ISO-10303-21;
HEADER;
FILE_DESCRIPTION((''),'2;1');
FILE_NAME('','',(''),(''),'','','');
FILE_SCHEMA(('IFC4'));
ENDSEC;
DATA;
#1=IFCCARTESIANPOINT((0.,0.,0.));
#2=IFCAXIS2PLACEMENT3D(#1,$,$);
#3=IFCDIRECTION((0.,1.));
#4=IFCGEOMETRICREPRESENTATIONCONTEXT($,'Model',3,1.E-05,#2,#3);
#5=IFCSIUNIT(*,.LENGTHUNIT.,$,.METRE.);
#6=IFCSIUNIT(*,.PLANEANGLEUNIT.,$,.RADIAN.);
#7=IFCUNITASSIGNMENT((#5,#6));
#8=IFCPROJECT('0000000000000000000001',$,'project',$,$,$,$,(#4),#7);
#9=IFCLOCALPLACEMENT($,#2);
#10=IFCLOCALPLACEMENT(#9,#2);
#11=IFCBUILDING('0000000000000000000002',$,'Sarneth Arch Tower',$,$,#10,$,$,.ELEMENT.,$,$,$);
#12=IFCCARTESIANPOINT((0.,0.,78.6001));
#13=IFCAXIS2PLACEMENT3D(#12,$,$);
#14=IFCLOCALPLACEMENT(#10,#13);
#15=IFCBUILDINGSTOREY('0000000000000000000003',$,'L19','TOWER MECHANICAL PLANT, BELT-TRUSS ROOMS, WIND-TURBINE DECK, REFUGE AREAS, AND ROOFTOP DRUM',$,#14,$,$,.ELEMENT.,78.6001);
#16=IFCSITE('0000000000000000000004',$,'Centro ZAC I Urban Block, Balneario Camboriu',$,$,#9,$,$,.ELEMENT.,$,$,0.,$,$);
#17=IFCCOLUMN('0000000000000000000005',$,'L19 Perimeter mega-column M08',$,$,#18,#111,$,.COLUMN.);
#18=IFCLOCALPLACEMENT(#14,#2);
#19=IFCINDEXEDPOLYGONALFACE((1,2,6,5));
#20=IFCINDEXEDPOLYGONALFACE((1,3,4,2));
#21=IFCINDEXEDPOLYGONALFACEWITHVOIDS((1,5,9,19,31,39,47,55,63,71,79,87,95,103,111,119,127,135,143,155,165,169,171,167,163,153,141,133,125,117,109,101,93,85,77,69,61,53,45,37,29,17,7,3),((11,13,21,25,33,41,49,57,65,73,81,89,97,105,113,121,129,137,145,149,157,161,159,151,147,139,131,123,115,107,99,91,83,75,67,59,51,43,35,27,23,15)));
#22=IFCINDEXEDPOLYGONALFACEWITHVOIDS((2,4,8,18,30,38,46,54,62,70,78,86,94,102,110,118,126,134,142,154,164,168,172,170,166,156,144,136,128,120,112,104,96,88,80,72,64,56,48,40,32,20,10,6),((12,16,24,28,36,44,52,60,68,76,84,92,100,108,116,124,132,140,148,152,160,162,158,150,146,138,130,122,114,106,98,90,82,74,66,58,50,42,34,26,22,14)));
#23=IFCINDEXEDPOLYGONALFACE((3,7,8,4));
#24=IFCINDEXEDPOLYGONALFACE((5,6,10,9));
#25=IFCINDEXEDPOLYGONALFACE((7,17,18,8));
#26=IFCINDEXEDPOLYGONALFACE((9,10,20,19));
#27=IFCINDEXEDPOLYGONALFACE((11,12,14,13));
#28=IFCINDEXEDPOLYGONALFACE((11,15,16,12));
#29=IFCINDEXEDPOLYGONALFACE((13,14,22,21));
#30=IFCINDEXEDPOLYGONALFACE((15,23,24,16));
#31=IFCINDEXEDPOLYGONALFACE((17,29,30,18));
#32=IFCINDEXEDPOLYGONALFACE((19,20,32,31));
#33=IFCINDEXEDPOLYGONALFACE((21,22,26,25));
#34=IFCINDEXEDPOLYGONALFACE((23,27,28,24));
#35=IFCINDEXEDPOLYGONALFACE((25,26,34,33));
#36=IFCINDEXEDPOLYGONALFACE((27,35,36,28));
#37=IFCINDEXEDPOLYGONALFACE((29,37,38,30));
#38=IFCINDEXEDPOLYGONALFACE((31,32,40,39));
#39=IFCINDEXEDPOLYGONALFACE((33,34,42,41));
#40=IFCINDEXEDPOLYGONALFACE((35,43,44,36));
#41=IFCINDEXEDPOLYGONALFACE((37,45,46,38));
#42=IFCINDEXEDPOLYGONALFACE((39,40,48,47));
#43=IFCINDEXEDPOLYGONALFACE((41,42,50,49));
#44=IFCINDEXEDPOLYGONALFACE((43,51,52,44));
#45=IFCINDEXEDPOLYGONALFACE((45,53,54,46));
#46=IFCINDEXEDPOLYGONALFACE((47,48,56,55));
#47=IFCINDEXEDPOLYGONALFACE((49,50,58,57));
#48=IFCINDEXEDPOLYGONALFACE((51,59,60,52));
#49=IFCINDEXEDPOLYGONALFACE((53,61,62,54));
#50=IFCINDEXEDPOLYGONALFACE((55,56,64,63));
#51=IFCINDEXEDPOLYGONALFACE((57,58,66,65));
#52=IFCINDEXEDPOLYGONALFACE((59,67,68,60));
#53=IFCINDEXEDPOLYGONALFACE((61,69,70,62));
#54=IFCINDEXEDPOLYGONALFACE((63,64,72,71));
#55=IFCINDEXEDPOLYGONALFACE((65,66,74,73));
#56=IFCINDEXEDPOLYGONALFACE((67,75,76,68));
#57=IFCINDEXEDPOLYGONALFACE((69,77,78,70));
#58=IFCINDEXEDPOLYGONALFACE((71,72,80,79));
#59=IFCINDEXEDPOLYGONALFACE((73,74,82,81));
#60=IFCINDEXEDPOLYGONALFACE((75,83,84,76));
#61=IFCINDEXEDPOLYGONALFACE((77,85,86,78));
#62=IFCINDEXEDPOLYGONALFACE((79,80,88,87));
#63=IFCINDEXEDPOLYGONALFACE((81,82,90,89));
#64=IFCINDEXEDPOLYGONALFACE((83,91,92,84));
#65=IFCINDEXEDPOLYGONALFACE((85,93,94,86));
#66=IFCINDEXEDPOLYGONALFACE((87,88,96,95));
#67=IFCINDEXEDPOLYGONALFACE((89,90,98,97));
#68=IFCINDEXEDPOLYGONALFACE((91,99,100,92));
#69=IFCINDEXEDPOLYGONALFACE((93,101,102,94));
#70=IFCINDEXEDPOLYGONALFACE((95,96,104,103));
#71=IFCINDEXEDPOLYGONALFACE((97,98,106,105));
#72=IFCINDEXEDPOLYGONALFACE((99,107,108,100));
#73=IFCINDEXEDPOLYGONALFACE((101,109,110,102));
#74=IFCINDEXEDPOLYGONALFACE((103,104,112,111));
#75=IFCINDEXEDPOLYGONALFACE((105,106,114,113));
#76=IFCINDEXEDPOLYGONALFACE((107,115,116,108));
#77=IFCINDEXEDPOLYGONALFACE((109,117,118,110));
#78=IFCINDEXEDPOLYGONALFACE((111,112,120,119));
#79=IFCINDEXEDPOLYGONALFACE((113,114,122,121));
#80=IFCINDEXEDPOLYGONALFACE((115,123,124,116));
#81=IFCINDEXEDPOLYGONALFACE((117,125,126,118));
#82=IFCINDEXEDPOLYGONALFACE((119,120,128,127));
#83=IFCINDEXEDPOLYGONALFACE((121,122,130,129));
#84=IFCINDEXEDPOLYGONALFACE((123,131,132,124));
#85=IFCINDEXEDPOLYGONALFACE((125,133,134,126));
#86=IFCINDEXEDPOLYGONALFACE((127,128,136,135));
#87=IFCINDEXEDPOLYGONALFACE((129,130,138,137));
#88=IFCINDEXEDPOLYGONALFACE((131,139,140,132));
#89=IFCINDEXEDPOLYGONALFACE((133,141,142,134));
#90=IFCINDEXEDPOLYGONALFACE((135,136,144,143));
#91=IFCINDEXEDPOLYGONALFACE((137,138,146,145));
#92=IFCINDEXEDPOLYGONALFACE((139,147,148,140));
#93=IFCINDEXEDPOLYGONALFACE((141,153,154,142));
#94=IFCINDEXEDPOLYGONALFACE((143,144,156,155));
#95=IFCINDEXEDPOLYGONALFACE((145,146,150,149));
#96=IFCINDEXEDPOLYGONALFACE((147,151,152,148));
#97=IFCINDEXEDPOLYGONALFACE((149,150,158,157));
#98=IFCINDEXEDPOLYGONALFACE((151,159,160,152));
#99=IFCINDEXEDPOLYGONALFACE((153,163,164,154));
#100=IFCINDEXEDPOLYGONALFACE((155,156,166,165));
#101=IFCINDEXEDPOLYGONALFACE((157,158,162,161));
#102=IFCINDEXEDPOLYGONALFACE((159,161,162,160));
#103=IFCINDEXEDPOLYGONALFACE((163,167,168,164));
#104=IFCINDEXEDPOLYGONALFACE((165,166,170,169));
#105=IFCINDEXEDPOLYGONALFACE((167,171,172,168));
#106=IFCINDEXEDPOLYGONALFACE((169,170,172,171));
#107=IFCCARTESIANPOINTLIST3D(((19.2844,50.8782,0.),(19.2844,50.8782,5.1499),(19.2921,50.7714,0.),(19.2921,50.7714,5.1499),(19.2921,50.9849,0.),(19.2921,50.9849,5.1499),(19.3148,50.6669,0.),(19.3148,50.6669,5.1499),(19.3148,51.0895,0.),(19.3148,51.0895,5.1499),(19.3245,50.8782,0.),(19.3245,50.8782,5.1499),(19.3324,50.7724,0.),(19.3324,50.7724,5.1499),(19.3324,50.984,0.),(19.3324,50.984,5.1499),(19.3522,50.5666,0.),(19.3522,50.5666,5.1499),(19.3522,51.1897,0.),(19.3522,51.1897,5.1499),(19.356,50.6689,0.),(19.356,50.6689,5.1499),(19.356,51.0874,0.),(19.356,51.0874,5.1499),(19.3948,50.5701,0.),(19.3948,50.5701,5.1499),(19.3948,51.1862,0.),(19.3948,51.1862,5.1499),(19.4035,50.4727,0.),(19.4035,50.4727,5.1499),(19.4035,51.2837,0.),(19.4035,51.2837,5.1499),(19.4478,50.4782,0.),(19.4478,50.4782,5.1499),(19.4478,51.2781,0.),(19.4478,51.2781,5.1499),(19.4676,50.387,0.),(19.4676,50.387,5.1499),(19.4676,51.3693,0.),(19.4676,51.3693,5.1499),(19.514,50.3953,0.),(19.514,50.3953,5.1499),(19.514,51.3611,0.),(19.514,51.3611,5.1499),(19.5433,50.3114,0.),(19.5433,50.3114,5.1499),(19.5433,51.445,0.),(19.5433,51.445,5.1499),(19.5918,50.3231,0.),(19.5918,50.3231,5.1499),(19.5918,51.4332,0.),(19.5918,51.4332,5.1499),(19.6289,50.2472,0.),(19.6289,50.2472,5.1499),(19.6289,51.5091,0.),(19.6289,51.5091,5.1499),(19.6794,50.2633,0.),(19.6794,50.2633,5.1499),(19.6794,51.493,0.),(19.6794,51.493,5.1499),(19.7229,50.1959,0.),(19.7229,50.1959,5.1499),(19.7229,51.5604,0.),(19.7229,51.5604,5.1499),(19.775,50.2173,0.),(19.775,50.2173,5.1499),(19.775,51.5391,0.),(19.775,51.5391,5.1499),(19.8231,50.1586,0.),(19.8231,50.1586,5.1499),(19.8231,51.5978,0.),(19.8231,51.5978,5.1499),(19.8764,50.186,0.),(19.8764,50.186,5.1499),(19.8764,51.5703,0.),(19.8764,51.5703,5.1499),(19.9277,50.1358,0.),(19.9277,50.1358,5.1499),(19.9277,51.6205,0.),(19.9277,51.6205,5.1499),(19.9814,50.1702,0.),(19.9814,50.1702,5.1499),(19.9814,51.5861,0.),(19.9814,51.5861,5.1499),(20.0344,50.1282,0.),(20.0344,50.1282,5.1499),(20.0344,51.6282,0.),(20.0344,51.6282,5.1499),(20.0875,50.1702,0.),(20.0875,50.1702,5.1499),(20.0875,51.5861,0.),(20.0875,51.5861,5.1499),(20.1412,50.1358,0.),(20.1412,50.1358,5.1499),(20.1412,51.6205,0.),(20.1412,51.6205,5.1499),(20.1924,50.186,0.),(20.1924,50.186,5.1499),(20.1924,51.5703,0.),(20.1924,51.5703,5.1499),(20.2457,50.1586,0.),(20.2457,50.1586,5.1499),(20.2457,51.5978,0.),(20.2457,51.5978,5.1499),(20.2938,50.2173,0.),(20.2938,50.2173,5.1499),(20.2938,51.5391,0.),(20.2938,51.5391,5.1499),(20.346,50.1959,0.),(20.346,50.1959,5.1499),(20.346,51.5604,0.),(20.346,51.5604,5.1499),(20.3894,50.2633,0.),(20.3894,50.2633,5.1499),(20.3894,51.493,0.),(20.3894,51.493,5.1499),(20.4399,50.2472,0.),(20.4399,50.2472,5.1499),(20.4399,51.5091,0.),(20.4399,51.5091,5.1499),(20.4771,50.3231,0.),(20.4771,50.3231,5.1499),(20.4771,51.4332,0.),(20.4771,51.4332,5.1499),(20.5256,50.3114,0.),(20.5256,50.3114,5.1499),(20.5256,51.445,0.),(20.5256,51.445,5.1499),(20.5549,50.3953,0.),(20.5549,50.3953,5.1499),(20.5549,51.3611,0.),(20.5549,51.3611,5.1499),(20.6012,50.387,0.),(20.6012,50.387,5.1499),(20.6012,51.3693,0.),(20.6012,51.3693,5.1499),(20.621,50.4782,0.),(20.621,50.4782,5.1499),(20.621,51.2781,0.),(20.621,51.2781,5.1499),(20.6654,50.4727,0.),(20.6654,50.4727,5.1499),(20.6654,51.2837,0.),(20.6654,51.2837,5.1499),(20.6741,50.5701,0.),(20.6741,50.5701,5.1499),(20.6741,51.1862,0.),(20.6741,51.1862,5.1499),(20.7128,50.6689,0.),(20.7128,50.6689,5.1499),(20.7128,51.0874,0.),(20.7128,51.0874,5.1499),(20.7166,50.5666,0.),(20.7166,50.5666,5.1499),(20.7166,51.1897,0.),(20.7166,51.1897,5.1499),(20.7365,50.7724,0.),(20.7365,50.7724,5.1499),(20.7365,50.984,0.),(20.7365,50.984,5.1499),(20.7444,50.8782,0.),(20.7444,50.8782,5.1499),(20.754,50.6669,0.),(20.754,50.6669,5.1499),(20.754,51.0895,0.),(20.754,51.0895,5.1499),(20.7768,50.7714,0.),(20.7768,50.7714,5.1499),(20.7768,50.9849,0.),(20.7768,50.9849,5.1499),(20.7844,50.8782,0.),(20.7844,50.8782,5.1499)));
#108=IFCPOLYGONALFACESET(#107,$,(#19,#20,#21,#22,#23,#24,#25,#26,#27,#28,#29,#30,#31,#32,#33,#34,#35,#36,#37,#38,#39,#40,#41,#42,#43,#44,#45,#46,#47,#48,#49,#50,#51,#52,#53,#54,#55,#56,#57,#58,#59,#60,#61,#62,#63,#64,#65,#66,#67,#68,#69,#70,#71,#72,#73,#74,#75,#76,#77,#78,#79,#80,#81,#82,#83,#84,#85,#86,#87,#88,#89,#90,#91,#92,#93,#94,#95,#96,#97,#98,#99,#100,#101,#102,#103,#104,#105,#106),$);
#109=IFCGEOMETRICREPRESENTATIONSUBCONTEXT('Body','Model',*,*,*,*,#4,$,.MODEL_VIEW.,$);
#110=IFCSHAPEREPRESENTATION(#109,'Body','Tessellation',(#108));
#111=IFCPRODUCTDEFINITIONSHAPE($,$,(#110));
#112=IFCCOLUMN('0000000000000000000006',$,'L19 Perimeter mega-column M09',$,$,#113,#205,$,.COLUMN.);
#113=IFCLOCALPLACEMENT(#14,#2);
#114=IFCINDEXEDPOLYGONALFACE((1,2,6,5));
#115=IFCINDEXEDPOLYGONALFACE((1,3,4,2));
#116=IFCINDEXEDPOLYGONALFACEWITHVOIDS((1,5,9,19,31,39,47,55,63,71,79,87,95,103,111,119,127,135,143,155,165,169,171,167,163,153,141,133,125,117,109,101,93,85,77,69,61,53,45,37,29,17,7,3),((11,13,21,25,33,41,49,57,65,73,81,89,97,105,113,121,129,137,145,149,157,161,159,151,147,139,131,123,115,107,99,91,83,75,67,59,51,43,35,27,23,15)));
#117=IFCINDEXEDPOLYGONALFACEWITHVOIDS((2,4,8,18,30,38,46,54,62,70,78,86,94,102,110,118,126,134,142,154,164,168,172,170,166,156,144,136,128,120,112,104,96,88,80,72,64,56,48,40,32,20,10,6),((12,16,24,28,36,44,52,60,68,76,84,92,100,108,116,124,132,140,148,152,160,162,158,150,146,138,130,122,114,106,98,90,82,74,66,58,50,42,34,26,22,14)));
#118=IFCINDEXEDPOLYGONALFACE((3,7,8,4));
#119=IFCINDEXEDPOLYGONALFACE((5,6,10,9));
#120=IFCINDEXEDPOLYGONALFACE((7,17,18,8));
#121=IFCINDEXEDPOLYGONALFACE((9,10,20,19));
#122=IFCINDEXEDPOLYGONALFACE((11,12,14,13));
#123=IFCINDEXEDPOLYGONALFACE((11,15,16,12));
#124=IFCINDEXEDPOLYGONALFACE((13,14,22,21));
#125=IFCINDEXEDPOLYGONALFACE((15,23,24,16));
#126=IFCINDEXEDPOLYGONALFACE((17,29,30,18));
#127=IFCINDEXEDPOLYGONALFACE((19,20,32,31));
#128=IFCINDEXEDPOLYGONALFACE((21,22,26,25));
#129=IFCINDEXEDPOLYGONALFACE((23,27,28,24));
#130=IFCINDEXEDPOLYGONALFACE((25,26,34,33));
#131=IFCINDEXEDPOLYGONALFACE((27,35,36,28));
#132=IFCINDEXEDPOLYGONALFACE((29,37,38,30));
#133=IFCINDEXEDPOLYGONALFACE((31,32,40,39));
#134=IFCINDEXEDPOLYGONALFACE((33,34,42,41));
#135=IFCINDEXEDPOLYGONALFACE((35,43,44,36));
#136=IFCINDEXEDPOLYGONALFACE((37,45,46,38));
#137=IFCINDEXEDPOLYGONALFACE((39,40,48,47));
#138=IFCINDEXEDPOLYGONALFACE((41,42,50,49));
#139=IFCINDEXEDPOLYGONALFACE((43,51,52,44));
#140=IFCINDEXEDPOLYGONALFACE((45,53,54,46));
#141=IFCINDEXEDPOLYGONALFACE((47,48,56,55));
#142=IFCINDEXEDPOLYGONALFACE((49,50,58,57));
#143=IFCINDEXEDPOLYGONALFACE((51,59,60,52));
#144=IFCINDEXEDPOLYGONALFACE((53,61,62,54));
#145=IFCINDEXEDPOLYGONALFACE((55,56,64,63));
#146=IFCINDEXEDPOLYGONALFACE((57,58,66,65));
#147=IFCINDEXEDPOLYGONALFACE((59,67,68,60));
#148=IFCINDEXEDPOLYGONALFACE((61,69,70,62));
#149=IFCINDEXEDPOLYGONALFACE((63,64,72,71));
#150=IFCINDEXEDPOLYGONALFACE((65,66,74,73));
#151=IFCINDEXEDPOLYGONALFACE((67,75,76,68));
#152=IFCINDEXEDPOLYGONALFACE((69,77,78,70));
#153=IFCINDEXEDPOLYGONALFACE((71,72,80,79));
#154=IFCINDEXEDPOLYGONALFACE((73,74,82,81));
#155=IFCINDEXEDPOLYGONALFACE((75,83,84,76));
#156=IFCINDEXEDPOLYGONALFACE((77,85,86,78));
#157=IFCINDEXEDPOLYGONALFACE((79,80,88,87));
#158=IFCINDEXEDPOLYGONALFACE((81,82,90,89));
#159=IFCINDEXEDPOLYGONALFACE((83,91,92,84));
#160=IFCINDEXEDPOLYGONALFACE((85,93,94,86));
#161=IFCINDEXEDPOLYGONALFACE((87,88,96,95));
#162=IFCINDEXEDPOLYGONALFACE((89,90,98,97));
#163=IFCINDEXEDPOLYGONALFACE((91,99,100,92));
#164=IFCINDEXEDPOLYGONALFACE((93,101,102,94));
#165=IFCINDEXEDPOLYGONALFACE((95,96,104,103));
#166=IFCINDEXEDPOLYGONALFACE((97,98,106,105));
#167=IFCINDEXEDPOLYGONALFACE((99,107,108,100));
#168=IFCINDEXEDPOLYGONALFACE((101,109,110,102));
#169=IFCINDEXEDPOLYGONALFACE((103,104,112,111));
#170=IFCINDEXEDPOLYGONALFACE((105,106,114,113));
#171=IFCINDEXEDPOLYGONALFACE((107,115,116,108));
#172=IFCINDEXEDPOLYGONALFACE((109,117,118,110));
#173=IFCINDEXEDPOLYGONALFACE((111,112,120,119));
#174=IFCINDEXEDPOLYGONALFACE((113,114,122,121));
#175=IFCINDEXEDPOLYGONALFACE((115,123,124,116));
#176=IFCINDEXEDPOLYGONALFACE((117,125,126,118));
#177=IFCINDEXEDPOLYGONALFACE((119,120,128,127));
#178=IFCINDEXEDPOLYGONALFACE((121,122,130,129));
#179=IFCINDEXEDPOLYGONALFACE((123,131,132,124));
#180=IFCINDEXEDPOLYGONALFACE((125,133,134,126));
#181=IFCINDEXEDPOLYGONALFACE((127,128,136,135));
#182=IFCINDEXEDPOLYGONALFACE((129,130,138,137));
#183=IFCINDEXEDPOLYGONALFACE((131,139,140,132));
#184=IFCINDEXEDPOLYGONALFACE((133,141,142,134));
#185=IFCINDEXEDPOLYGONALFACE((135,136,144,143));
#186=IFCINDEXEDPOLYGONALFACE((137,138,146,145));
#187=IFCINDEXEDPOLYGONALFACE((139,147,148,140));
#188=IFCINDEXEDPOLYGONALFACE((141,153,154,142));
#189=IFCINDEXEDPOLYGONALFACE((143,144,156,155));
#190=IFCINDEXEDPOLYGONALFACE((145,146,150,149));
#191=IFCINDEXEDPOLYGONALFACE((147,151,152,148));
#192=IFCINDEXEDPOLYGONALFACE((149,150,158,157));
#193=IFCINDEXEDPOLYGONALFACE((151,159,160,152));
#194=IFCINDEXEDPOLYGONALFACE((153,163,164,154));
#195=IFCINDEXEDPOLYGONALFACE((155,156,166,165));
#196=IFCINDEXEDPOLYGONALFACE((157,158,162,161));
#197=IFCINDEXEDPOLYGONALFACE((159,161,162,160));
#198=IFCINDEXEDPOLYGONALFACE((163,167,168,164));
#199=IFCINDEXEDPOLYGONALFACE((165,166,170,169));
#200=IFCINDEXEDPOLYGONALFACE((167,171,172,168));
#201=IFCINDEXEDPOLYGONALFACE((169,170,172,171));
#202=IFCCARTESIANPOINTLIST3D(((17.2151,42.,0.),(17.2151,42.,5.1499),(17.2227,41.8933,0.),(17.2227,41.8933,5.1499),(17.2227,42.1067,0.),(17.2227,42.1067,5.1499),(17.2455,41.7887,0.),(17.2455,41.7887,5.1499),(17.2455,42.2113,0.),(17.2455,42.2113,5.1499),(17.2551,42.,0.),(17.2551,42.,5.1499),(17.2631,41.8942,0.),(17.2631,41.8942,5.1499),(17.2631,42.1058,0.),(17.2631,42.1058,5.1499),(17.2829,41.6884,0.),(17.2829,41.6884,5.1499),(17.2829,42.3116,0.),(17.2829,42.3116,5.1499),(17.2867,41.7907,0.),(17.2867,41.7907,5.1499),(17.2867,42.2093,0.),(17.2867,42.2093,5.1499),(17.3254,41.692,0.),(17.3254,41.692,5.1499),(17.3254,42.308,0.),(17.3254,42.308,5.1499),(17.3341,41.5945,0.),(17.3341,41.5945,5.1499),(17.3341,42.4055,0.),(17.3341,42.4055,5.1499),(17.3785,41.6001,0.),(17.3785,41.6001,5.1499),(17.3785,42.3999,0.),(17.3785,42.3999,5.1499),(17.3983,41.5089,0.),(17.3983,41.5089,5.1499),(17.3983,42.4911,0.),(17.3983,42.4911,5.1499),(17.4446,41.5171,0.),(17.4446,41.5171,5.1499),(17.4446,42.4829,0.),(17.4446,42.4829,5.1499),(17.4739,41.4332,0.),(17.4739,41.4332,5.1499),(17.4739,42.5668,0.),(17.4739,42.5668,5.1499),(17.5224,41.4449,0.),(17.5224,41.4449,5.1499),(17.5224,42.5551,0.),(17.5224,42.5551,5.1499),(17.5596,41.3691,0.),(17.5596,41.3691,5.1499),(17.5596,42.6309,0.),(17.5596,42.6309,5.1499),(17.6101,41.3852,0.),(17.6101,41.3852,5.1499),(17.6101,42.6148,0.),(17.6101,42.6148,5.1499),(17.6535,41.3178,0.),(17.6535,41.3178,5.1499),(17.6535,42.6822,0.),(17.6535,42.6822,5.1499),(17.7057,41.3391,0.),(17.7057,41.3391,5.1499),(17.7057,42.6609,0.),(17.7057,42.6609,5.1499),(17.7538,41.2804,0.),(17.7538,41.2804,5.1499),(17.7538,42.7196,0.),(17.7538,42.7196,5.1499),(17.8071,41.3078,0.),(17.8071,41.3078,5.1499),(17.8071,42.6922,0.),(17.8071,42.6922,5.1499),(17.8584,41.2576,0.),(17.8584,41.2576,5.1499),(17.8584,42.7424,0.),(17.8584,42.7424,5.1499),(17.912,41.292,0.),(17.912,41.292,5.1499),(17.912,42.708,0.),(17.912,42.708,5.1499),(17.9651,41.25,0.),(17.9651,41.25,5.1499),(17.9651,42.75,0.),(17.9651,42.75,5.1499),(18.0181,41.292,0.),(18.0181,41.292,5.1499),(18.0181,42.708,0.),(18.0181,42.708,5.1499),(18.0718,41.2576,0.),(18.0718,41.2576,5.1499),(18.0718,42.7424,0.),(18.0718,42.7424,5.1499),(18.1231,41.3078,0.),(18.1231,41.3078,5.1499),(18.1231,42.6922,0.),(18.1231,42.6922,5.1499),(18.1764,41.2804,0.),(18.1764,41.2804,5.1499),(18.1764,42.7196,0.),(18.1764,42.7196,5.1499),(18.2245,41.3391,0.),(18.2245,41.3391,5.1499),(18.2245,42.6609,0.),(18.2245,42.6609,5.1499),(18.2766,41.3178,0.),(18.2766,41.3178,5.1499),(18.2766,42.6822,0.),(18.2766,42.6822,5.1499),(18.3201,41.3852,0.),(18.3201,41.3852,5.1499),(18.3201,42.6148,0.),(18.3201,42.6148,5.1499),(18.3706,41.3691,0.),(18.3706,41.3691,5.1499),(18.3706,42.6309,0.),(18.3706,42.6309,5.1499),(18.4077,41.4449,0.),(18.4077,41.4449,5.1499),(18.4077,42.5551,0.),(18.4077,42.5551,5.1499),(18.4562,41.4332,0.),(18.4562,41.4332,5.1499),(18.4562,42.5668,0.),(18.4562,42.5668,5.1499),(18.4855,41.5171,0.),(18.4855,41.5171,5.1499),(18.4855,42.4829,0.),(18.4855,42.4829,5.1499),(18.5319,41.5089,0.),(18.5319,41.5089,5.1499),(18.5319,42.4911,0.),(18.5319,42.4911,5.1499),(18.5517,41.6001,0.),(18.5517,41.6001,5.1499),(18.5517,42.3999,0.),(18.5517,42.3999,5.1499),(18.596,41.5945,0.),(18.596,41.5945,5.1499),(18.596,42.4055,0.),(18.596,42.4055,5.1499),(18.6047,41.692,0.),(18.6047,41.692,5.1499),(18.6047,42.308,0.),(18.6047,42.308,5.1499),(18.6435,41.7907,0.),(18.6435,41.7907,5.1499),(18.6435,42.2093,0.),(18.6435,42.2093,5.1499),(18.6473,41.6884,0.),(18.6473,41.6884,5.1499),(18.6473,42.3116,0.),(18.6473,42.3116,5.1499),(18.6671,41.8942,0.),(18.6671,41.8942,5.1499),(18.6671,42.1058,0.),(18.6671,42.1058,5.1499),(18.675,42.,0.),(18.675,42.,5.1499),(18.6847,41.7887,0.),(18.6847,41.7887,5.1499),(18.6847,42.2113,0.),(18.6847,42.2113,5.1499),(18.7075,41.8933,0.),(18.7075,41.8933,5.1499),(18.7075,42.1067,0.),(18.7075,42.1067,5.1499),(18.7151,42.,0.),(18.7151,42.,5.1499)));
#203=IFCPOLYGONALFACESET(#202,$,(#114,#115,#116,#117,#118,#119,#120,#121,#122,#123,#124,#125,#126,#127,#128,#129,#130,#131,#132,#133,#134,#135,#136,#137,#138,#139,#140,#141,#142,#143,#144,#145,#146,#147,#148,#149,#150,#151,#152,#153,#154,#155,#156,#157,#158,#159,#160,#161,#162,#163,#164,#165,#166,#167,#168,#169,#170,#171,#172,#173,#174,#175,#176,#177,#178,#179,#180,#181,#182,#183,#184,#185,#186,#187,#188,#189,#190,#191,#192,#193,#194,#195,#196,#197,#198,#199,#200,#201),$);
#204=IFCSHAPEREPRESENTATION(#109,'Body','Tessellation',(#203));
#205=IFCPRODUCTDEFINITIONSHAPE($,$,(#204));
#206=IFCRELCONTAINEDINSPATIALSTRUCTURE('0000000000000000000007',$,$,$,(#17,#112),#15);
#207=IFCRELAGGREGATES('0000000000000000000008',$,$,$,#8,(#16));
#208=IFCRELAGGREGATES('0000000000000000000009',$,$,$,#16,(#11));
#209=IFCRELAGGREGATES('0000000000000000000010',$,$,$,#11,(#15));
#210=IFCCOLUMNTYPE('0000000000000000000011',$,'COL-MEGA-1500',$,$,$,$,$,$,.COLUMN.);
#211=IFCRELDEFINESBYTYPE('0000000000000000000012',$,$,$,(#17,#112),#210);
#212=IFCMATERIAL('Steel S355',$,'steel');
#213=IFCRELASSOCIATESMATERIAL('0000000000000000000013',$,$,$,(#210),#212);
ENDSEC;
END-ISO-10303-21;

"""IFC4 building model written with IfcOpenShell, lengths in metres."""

from ifc_helpers import new_model, si_unit, direction, frame, origin, origin_2d, place, context, subcontext, project, spatial, hollow_circle, extrude, material, material_profile, profile_set, type_object, element, save


model = new_model("IFC4")

# Units and contexts
model_context = context("Model", 3, precision=1e-05, world=origin(), true_north=direction((0.0, 1.0)))
body_context = subcontext(model_context, "Body", "Model", "MODEL_VIEW")
ifc_project = project(units=[si_unit("LENGTHUNIT", "METRE"), si_unit("PLANEANGLEUNIT", "RADIAN")], contexts=[model_context])

# Site, building, storey
site_placement = place(None, origin())
site = spatial("IfcSite", under=ifc_project, at=site_placement, Name="Centro ZAC I Urban Block, Balneario Camboriu", CompositionType="ELEMENT", RefElevation=0.0)
building_placement = place(site_placement, origin())
building = spatial("IfcBuilding", under=site, at=building_placement, Name="Sarneth Arch Tower", CompositionType="ELEMENT")
storey_placement = place(building_placement, frame((0.0, 0.0, 78.6001)))
storey = spatial("IfcBuildingStorey", under=building, at=storey_placement, Name="L19", Description="TOWER MECHANICAL PLANT, BELT-TRUSS ROOMS, WIND-TURBINE DECK, REFUGE AREAS, AND ROOFTOP DRUM", CompositionType="ELEMENT", Elevation=78.6001)

# Columns
ifc_material_1 = material(Name="Steel S355", Category="steel")
ifc_material_profile_1 = material_profile(ifc_material_1, hollow_circle(Radius=0.75, WallThickness=0.04, at=origin_2d()), Name="CHS1500x40")
ifc_profile_set_1 = profile_set([ifc_material_profile_1], Name="Steel S355")
column_type = type_object("IfcColumnType", Name="COL-MEGA-1500", PredefinedType="COLUMN", material=ifc_profile_set_1)
for number, where, z_axis, x_axis, name in (
    (1, (20.0344, 50.8782, 0.0), (0.0, 0.0, 1.0), (1.0, 0.0, 0.0), "L19 Perimeter mega-column M08"),
    (2, (17.9651, 42.0, 0.0), (0.0, 0.0, 1.0), (1.0, 0.0, 0.0), "L19 Perimeter mega-column M09"),
):
    element("IfcColumn", number, at=place(storey_placement, frame(where, z_axis=z_axis, x_axis=x_axis)), inside=storey, type_object=column_type, Name=name, PredefinedType="COLUMN", context=body_context, shape_type="SweptSolid", body=[
        extrude(hollow_circle(Radius=0.75, WallThickness=0.04, at=origin_2d()), origin(), (0.0, 0.0, 1.0), 5.1499),
    ])

save(model, "model.ifc")
